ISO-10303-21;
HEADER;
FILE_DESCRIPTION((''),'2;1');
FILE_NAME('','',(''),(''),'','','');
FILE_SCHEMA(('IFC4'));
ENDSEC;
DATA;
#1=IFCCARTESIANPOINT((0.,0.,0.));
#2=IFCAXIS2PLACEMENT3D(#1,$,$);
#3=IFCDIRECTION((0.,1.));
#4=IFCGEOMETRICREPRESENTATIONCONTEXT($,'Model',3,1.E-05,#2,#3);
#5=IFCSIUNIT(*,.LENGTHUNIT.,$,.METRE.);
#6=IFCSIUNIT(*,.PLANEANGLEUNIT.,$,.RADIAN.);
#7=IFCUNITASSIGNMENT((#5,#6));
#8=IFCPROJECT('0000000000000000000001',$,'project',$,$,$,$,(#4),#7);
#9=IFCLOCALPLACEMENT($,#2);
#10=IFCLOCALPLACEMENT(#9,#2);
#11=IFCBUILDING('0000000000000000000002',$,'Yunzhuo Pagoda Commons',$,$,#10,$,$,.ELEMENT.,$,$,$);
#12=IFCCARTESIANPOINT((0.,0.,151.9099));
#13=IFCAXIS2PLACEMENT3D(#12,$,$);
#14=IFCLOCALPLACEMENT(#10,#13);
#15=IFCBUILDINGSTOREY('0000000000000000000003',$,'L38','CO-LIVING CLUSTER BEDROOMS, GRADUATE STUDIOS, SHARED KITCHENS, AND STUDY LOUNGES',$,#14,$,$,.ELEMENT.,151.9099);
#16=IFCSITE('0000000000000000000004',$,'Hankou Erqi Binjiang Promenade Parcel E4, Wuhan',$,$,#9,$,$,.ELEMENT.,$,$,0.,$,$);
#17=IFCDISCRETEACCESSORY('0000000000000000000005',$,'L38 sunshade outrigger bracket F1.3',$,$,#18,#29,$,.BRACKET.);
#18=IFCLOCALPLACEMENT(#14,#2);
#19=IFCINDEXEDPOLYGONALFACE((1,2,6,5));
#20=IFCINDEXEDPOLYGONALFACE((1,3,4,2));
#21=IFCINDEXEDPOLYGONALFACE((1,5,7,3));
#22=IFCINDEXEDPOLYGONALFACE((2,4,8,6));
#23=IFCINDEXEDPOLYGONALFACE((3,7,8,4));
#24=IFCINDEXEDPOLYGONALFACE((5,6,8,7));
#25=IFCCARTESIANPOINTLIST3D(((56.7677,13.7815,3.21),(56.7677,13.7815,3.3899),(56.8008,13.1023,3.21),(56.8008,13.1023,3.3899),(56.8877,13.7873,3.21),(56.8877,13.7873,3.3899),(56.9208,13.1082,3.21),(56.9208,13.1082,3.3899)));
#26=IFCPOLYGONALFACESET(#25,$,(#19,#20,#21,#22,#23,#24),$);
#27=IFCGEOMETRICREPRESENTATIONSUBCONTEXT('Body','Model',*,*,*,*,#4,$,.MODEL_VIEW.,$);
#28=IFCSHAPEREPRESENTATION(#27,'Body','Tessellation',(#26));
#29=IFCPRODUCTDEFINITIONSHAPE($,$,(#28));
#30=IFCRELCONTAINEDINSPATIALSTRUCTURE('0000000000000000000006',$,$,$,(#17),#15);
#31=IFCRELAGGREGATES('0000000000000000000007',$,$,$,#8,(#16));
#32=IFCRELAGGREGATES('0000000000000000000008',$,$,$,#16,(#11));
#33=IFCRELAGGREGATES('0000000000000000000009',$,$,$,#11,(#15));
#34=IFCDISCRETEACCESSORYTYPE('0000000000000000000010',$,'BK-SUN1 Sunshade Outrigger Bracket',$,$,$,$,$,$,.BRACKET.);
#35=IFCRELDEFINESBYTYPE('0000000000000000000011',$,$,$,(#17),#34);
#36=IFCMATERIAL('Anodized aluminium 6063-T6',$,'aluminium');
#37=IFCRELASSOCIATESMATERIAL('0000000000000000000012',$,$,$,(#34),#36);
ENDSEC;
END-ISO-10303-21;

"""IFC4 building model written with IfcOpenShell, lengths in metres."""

from ifc_helpers import new_model, si_unit, direction, frame, origin, origin_2d, place, context, subcontext, project, spatial, rectangle, extrude, source, transform, mapped, material, type_object, element, save


model = new_model("IFC4")

# Units and contexts
model_context = context("Model", 3, precision=1e-05, world=origin(), true_north=direction((0.0, 1.0)))
body_context = subcontext(model_context, "Body", "Model", "MODEL_VIEW")
ifc_project = project(units=[si_unit("LENGTHUNIT", "METRE"), si_unit("PLANEANGLEUNIT", "RADIAN")], contexts=[model_context])

# Site, building, storey
site_placement = place(None, origin())
site = spatial("IfcSite", under=ifc_project, at=site_placement, Name="Hankou Erqi Binjiang Promenade Parcel E4, Wuhan", CompositionType="ELEMENT", RefElevation=0.0)
building_placement = place(site_placement, origin())
building = spatial("IfcBuilding", under=site, at=building_placement, Name="Yunzhuo Pagoda Commons", CompositionType="ELEMENT")
storey_placement = place(building_placement, frame((0.0, 0.0, 151.9099)))
storey = spatial("IfcBuildingStorey", under=building, at=storey_placement, Name="L38", Description="CO-LIVING CLUSTER BEDROOMS, GRADUATE STUDIOS, SHARED KITCHENS, AND STUDY LOUNGES", CompositionType="ELEMENT", Elevation=151.9099)

# Shared definitions
ifc_material_1 = material(Name="Anodized aluminium 6063-T6", Category="aluminium")

# Discrete accessory
discrete_accessory_type = type_object("IfcDiscreteAccessoryType", Name="BK-SUN1 Sunshade Outrigger Bracket", PredefinedType="BRACKET", material=ifc_material_1)
shared_shape_1 = source(origin(), body_context, "Body", "SweptSolid", [
    extrude(rectangle(XDim=0.1201, YDim=0.6799, at=origin_2d()), origin(), (0.0, 0.0, 1.0), 0.1799),
])
discrete_accessory_placement = place(storey_placement, frame((56.8442, 13.4448, 3.21), z_axis=(0.0, 0.0, 1.0), x_axis=(0.998818, 0.048606, 0.0)))
element("IfcDiscreteAccessory", 1, at=discrete_accessory_placement, inside=storey, type_object=discrete_accessory_type, Name="L38 sunshade outrigger bracket F1.3", PredefinedType="BRACKET", context=body_context, shape_type="MappedRepresentation", body=[
    mapped(shared_shape_1, transform((0.0, 0.0, 0.0), scale=1.0)),
])

save(model, "model.ifc")
